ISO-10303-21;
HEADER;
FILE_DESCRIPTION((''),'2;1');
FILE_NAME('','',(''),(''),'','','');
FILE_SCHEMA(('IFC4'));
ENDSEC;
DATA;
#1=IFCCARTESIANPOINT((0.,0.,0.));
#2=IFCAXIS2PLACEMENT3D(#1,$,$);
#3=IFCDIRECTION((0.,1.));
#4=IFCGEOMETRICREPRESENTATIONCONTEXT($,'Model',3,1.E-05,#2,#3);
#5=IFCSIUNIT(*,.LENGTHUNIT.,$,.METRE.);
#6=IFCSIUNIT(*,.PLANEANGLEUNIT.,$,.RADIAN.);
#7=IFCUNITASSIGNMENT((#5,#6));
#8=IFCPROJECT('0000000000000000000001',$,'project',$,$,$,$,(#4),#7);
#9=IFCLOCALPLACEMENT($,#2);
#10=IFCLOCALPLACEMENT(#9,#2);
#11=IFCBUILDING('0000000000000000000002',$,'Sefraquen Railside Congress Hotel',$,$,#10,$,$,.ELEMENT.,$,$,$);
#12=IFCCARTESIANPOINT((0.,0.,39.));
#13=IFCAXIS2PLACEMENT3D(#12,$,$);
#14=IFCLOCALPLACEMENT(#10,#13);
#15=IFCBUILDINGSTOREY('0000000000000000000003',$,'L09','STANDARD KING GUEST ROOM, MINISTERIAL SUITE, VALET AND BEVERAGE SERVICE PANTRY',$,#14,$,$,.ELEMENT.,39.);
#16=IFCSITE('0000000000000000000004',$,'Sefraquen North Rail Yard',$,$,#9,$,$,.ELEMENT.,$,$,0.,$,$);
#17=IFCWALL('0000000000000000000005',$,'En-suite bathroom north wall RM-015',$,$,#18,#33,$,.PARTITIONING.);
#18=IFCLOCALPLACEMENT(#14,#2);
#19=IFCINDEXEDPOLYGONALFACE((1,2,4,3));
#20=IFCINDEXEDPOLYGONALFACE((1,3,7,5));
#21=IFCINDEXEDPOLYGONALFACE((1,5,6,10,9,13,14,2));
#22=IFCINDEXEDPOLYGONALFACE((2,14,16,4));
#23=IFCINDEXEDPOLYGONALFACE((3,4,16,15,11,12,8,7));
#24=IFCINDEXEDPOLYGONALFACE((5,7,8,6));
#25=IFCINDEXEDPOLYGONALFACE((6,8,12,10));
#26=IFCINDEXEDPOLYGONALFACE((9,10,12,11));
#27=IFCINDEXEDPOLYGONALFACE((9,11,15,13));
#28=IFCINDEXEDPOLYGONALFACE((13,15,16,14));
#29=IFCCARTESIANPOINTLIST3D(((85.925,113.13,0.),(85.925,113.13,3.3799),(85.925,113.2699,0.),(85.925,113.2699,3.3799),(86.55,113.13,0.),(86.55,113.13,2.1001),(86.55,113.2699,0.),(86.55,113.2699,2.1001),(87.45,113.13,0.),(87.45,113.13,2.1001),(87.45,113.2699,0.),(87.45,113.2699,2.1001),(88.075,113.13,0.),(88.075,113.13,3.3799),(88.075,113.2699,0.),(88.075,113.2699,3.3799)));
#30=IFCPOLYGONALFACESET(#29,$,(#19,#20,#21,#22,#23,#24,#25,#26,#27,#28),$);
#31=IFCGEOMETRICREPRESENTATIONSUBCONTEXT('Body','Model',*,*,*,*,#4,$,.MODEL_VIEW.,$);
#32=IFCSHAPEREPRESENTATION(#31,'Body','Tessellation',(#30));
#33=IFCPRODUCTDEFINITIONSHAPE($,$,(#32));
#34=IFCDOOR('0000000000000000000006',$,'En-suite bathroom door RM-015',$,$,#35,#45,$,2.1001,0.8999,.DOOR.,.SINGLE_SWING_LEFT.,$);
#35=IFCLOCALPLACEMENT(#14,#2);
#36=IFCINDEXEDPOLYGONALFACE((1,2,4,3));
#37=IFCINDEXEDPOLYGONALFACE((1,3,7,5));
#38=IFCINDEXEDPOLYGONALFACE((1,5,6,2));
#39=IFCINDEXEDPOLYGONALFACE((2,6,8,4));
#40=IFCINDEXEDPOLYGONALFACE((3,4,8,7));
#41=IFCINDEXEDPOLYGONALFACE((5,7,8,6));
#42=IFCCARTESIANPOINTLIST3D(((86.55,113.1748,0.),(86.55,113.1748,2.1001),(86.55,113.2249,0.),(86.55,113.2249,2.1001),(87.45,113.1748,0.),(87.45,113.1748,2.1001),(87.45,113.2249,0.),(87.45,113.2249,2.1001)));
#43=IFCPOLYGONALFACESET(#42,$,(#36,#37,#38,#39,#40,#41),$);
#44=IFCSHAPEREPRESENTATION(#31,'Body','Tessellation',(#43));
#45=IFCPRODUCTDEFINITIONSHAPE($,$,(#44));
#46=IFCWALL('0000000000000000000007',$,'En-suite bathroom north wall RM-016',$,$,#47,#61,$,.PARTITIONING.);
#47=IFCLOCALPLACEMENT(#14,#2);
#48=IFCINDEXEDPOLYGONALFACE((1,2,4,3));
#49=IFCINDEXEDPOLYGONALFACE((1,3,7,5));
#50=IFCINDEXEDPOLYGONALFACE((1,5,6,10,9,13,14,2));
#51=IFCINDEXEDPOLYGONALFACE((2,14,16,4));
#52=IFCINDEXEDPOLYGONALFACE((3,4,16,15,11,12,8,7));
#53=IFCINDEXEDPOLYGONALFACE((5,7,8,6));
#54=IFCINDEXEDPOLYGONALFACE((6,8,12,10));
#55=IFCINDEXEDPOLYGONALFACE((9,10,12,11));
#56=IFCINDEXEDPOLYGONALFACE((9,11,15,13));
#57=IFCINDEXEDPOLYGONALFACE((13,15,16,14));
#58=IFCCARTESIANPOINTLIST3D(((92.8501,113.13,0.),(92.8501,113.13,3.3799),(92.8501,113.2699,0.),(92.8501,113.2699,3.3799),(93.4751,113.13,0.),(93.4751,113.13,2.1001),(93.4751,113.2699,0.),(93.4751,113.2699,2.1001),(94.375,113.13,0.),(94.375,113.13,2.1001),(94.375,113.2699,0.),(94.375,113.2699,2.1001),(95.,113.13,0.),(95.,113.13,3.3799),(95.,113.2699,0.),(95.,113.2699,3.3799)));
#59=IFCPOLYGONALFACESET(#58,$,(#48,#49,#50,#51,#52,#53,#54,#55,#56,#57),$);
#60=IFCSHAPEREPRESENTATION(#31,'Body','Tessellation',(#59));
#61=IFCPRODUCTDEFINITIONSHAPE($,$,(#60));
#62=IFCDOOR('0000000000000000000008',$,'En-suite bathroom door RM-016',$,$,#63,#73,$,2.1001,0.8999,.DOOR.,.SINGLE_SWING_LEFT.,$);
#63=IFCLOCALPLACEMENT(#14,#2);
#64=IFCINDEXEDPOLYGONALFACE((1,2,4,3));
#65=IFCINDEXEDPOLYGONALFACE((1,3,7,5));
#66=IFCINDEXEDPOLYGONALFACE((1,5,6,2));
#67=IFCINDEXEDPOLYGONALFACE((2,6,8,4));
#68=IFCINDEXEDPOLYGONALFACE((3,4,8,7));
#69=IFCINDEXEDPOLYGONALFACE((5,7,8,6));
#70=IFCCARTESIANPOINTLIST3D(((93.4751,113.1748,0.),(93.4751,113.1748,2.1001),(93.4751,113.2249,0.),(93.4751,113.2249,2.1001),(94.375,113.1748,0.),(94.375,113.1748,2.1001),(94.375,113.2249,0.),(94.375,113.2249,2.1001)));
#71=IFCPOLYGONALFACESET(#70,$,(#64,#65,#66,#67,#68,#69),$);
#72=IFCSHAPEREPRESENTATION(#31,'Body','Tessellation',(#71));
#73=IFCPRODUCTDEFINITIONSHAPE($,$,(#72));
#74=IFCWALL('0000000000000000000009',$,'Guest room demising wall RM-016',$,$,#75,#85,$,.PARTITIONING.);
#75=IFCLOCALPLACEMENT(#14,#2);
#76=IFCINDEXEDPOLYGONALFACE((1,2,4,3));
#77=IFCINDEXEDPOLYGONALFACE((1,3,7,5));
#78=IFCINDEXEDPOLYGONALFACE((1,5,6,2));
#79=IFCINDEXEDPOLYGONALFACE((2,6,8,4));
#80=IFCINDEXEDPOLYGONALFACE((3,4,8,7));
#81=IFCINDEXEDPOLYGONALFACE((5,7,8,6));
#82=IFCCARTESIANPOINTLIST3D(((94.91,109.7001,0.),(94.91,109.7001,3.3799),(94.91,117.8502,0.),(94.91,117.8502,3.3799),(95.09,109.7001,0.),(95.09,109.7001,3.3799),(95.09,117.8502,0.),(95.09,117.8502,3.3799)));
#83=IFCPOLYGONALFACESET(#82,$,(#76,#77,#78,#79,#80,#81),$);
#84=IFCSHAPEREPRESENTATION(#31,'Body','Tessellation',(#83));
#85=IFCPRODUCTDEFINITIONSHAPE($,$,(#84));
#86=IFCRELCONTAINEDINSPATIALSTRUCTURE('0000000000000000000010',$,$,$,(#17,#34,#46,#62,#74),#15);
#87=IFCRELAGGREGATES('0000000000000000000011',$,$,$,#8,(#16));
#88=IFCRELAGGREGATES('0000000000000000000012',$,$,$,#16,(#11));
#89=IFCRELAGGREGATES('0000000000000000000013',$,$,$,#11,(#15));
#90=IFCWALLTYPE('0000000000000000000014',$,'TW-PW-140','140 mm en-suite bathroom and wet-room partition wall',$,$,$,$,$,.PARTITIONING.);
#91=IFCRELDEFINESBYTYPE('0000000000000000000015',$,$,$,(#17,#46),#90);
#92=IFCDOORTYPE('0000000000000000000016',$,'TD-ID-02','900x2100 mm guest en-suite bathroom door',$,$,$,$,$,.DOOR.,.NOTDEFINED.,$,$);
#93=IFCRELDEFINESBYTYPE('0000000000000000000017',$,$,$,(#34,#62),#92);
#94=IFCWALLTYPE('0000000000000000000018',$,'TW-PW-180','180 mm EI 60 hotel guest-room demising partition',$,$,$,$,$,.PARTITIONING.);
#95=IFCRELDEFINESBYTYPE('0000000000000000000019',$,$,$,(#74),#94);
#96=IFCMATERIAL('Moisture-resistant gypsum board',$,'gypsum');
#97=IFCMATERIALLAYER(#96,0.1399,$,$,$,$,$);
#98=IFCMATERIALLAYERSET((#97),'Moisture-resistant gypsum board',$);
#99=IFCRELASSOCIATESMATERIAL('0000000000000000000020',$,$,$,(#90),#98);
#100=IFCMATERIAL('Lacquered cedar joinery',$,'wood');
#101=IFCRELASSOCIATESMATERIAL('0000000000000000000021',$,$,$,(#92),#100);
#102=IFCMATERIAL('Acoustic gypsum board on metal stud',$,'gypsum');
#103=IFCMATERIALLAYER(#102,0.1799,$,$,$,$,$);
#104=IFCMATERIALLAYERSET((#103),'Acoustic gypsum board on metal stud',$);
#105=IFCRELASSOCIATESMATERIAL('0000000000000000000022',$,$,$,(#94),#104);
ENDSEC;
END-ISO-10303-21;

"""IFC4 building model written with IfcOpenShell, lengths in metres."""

from ifc_helpers import new_model, si_unit, direction, frame, frame_2d, origin, place, context, subcontext, project, spatial, rectangle, extrude, material, layer, layer_set, type_object, element, fill, save


model = new_model("IFC4")

# Units and contexts
model_context = context("Model", 3, precision=1e-05, world=origin(), true_north=direction((0.0, 1.0)))
body_context = subcontext(model_context, "Body", "Model", "MODEL_VIEW")
ifc_project = project(units=[si_unit("LENGTHUNIT", "METRE"), si_unit("PLANEANGLEUNIT", "RADIAN")], contexts=[model_context])

# Site, building, storey
site_placement = place(None, origin())
site = spatial("IfcSite", under=ifc_project, at=site_placement, Name="Sefraquen North Rail Yard", CompositionType="ELEMENT", RefElevation=0.0)
building_placement = place(site_placement, origin())
building = spatial("IfcBuilding", under=site, at=building_placement, Name="Sefraquen Railside Congress Hotel", CompositionType="ELEMENT")
storey_placement = place(building_placement, frame((0.0, 0.0, 39.0)))
storey = spatial("IfcBuildingStorey", under=building, at=storey_placement, Name="L09", Description="STANDARD KING GUEST ROOM, MINISTERIAL SUITE, VALET AND BEVERAGE SERVICE PANTRY", CompositionType="ELEMENT", Elevation=39.0)

# Walls, openings, doors
ifc_material_1 = material(Name="Moisture-resistant gypsum board", Category="gypsum")
ifc_layer_1 = layer(ifc_material_1, 0.1399)
ifc_layer_set_1 = layer_set([ifc_layer_1], Name="Moisture-resistant gypsum board")
wall_type_1 = type_object("IfcWallType", Name="TW-PW-140", Description="140 mm en-suite bathroom and wet-room partition wall", PredefinedType="PARTITIONING", material=ifc_layer_set_1)
ifc_material_2 = material(Name="Lacquered cedar joinery", Category="wood")
door_type = type_object("IfcDoorType", Name="TD-ID-02", Description="900x2100 mm guest en-suite bathroom door", OperationType="NOTDEFINED", PredefinedType="DOOR", material=ifc_material_2)
wall_1_placement = place(storey_placement, frame((85.925, 113.2, 0.0), z_axis=(0.0, 0.0, 1.0), x_axis=(1.0, 0.0, 0.0)))
wall_1 = element("IfcWall", 1, at=wall_1_placement, inside=storey, type_object=wall_type_1, Name="En-suite bathroom north wall RM-015", PredefinedType="PARTITIONING", context=body_context, shape_type="SweptSolid", body=[
    extrude(rectangle(XDim=2.1499, YDim=0.1399, at=frame_2d((1.075, 0.0))), origin(), (0.0, 0.0, 1.0), 3.3799),
])
opening_1_placement = place(wall_1_placement, frame((0.625, 0.0, 0.0)))
opening_1 = element("IfcOpeningElement", 2, at=opening_1_placement, cuts=wall_1, PredefinedType="OPENING", context=body_context, shape_type="SweptSolid", body=[
    extrude(rectangle(XDim=0.8999, YDim=2.1001, at=frame_2d((0.45, 1.05))), frame((0.0, 0.0798, 0.0), z_axis=(0.0, -1.0, 0.0), x_axis=(1.0, 0.0, 0.0)), (0.0, 0.0, 1.0), 0.1599),
])
door_1_placement = place(opening_1_placement, origin())
door_1 = element("IfcDoor", 3, at=door_1_placement, inside=storey, type_object=door_type, Name="En-suite bathroom door RM-015", OperationType="SINGLE_SWING_LEFT", OverallHeight=2.1001, OverallWidth=0.8999, PredefinedType="DOOR", context=body_context, shape_type="SweptSolid", body=[
    extrude(rectangle(XDim=0.8999, YDim=2.1001, at=frame_2d((0.45, 1.05))), frame((0.0, 0.0249, 0.0), z_axis=(0.0, -1.0, 0.0), x_axis=(1.0, 0.0, 0.0)), (0.0, 0.0, 1.0), 0.05),
])
fill(opening_1, door_1)
wall_2_placement = place(storey_placement, frame((92.8501, 113.2, 0.0), z_axis=(0.0, 0.0, 1.0), x_axis=(1.0, 0.0, 0.0)))
wall_2 = element("IfcWall", 4, at=wall_2_placement, inside=storey, type_object=wall_type_1, Name="En-suite bathroom north wall RM-016", PredefinedType="PARTITIONING", context=body_context, shape_type="SweptSolid", body=[
    extrude(rectangle(XDim=2.1499, YDim=0.1399, at=frame_2d((1.075, 0.0))), origin(), (0.0, 0.0, 1.0), 3.3799),
])
opening_2_placement = place(wall_2_placement, frame((0.625, 0.0, 0.0)))
opening_2 = element("IfcOpeningElement", 5, at=opening_2_placement, cuts=wall_2, PredefinedType="OPENING", context=body_context, shape_type="SweptSolid", body=[
    extrude(rectangle(XDim=0.8999, YDim=2.1001, at=frame_2d((0.45, 1.05))), frame((0.0, 0.0798, 0.0), z_axis=(0.0, -1.0, 0.0), x_axis=(1.0, 0.0, 0.0)), (0.0, 0.0, 1.0), 0.1599),
])
door_2_placement = place(opening_2_placement, origin())
door_2 = element("IfcDoor", 6, at=door_2_placement, inside=storey, type_object=door_type, Name="En-suite bathroom door RM-016", OperationType="SINGLE_SWING_LEFT", OverallHeight=2.1001, OverallWidth=0.8999, PredefinedType="DOOR", context=body_context, shape_type="SweptSolid", body=[
    extrude(rectangle(XDim=0.8999, YDim=2.1001, at=frame_2d((0.45, 1.05))), frame((0.0, 0.0249, 0.0), z_axis=(0.0, -1.0, 0.0), x_axis=(1.0, 0.0, 0.0)), (0.0, 0.0, 1.0), 0.05),
])
fill(opening_2, door_2)

# Wall
ifc_material_3 = material(Name="Acoustic gypsum board on metal stud", Category="gypsum")
ifc_layer_2 = layer(ifc_material_3, 0.1799)
ifc_layer_set_2 = layer_set([ifc_layer_2], Name="Acoustic gypsum board on metal stud")
wall_type_2 = type_object("IfcWallType", Name="TW-PW-180", Description="180 mm EI 60 hotel guest-room demising partition", PredefinedType="PARTITIONING", material=ifc_layer_set_2)
wall_3_placement = place(storey_placement, frame((95.0, 109.7, 0.0), z_axis=(0.0, 0.0, 1.0), x_axis=(0.0, 1.0, 0.0)))
element("IfcWall", 7, at=wall_3_placement, inside=storey, type_object=wall_type_2, Name="Guest room demising wall RM-016", PredefinedType="PARTITIONING", context=body_context, shape_type="SweptSolid", body=[
    extrude(rectangle(XDim=8.1501, YDim=0.1799, at=frame_2d((4.0752, 0.0))), origin(), (0.0, 0.0, 1.0), 3.3799),
])

save(model, "model.ifc")
